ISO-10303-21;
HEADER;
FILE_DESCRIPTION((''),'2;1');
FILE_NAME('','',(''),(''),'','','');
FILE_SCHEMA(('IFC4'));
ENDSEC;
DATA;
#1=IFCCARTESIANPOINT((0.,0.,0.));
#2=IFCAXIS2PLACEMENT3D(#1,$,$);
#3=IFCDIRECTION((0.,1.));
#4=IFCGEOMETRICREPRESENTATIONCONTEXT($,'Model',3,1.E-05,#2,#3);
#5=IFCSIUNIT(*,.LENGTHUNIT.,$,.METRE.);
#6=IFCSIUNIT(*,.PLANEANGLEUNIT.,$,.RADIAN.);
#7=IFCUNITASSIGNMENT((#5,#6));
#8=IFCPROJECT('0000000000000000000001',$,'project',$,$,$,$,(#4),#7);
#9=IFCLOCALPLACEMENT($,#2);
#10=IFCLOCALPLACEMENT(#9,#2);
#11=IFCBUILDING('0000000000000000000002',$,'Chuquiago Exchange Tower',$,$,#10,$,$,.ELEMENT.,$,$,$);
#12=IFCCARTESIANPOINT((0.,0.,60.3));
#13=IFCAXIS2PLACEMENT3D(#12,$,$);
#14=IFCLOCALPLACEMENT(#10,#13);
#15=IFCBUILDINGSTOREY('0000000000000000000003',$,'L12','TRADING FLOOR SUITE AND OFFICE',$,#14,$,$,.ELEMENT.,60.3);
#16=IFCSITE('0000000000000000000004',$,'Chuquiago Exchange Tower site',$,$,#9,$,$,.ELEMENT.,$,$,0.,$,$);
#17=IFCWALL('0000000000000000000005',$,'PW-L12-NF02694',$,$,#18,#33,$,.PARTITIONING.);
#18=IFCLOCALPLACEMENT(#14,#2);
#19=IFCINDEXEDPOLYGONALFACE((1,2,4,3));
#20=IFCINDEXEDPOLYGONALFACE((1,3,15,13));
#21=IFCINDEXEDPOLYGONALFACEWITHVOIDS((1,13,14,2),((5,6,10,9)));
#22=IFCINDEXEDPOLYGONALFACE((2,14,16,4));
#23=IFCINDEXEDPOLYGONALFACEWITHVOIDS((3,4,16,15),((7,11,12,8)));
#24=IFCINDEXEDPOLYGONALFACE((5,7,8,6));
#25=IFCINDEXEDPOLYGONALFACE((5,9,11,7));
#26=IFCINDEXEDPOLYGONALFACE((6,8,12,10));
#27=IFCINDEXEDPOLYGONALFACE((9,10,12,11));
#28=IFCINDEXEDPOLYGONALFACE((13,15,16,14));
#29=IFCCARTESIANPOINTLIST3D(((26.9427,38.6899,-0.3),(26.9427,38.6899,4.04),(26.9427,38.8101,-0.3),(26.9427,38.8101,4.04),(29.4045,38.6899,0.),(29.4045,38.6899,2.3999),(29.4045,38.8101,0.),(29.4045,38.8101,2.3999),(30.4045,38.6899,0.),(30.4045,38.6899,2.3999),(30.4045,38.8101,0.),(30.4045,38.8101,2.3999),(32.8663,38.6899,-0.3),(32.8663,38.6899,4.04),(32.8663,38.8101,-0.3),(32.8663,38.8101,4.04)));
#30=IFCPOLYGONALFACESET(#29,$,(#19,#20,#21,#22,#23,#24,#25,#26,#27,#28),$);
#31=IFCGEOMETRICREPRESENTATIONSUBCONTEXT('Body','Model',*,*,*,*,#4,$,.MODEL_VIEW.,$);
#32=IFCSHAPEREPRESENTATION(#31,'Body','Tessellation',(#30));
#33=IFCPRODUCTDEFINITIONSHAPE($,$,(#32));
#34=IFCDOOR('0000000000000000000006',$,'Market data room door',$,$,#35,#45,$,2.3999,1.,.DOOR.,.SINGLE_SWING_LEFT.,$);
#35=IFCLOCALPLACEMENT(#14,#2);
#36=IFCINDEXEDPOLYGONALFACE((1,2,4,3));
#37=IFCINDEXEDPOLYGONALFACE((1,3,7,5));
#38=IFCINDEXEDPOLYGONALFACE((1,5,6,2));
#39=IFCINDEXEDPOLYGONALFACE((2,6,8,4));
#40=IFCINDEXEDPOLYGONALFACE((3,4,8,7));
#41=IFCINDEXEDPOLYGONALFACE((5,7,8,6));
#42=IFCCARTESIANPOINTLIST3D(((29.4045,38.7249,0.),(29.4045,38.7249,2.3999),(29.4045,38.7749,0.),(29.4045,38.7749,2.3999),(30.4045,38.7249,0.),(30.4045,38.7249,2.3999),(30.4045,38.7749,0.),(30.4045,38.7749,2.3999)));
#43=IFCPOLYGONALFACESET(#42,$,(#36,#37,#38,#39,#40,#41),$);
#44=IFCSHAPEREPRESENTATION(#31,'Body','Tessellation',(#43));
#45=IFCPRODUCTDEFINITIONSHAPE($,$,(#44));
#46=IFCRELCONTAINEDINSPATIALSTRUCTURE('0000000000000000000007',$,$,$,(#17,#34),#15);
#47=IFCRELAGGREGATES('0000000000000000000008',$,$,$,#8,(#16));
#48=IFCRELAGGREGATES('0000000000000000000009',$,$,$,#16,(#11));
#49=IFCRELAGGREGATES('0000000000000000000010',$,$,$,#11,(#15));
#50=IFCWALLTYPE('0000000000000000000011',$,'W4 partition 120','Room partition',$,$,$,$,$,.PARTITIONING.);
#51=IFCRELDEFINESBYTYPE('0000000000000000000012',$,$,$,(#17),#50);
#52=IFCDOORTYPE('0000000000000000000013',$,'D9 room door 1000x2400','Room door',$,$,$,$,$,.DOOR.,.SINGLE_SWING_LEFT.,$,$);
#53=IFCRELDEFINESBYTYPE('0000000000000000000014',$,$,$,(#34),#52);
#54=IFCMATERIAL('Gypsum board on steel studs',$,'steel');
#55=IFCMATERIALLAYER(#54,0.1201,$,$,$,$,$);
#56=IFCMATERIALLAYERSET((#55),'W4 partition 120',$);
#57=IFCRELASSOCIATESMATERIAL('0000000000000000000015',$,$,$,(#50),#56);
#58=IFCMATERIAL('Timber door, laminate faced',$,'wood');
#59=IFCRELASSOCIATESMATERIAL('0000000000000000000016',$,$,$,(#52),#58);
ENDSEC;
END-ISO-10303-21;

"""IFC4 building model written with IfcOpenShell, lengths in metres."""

from ifc_helpers import new_model, si_unit, direction, frame, frame_2d, origin, place, context, subcontext, project, spatial, rectangle, extrude, material, layer, layer_set, type_object, element, fill, save


model = new_model("IFC4")

# Units and contexts
model_context = context("Model", 3, precision=1e-05, world=origin(), true_north=direction((0.0, 1.0)))
body_context = subcontext(model_context, "Body", "Model", "MODEL_VIEW")
ifc_project = project(units=[si_unit("LENGTHUNIT", "METRE"), si_unit("PLANEANGLEUNIT", "RADIAN")], contexts=[model_context])

# Site, building, storey
site_placement = place(None, origin())
site = spatial("IfcSite", under=ifc_project, at=site_placement, Name="Chuquiago Exchange Tower site", CompositionType="ELEMENT", RefElevation=0.0)
building_placement = place(site_placement, origin())
building = spatial("IfcBuilding", under=site, at=building_placement, Name="Chuquiago Exchange Tower", CompositionType="ELEMENT")
storey_placement = place(building_placement, frame((0.0, 0.0, 60.3)))
storey = spatial("IfcBuildingStorey", under=building, at=storey_placement, Name="L12", Description="TRADING FLOOR SUITE AND OFFICE", CompositionType="ELEMENT", Elevation=60.3)

# Shared definitions
ifc_material_1 = material(Name="Gypsum board on steel studs", Category="steel")
ifc_layer_1 = layer(ifc_material_1, 0.1201)
ifc_layer_set_1 = layer_set([ifc_layer_1], Name="W4 partition 120")
wall_type_1 = type_object("IfcWallType", Name="W4 partition 120", Description="Room partition", PredefinedType="PARTITIONING", material=ifc_layer_set_1)

# Wall, opening, door
ifc_material_2 = material(Name="Timber door, laminate faced", Category="wood")
door_type_1 = type_object("IfcDoorType", Name="D9 room door 1000x2400", Description="Room door", OperationType="SINGLE_SWING_LEFT", PredefinedType="DOOR", material=ifc_material_2)
wall_1_placement = place(storey_placement, frame((26.9426, 38.75, -0.3), z_axis=(0.0, 0.0, 1.0), x_axis=(1.0, 0.0, 0.0)))
wall_1 = element("IfcWall", 1, at=wall_1_placement, inside=storey, type_object=wall_type_1, Name="PW-L12-NF02694", PredefinedType="PARTITIONING", context=body_context, shape_type="SweptSolid", body=[
    extrude(rectangle(XDim=5.9236, YDim=0.1201, at=frame_2d((2.9619, 0.0))), origin(), (0.0, 0.0, 1.0), 4.3401),
])
opening_1_placement = place(wall_1_placement, frame((2.4619, 0.0, 0.3)))
opening_1 = element("IfcOpeningElement", 2, at=opening_1_placement, cuts=wall_1, PredefinedType="OPENING", context=body_context, shape_type="SweptSolid", body=[
    extrude(rectangle(XDim=1.0, YDim=2.3999, at=frame_2d((0.5, 1.2))), frame((0.0, 0.0701, 0.0), z_axis=(0.0, -1.0, 0.0), x_axis=(1.0, 0.0, 0.0)), (0.0, 0.0, 1.0), 0.1401),
])
door_1_placement = place(opening_1_placement, origin())
door_1 = element("IfcDoor", 3, at=door_1_placement, inside=storey, type_object=door_type_1, Name="Market data room door", OperationType="SINGLE_SWING_LEFT", OverallHeight=2.3999, OverallWidth=1.0, PredefinedType="DOOR", context=body_context, shape_type="SweptSolid", body=[
    extrude(rectangle(XDim=1.0, YDim=2.3999, at=frame_2d((0.5, 1.2))), frame((0.0, 0.0249, 0.0), z_axis=(0.0, -1.0, 0.0), x_axis=(1.0, 0.0, 0.0)), (0.0, 0.0, 1.0), 0.05),
])
fill(opening_1, door_1)

save(model, "model.ifc")
